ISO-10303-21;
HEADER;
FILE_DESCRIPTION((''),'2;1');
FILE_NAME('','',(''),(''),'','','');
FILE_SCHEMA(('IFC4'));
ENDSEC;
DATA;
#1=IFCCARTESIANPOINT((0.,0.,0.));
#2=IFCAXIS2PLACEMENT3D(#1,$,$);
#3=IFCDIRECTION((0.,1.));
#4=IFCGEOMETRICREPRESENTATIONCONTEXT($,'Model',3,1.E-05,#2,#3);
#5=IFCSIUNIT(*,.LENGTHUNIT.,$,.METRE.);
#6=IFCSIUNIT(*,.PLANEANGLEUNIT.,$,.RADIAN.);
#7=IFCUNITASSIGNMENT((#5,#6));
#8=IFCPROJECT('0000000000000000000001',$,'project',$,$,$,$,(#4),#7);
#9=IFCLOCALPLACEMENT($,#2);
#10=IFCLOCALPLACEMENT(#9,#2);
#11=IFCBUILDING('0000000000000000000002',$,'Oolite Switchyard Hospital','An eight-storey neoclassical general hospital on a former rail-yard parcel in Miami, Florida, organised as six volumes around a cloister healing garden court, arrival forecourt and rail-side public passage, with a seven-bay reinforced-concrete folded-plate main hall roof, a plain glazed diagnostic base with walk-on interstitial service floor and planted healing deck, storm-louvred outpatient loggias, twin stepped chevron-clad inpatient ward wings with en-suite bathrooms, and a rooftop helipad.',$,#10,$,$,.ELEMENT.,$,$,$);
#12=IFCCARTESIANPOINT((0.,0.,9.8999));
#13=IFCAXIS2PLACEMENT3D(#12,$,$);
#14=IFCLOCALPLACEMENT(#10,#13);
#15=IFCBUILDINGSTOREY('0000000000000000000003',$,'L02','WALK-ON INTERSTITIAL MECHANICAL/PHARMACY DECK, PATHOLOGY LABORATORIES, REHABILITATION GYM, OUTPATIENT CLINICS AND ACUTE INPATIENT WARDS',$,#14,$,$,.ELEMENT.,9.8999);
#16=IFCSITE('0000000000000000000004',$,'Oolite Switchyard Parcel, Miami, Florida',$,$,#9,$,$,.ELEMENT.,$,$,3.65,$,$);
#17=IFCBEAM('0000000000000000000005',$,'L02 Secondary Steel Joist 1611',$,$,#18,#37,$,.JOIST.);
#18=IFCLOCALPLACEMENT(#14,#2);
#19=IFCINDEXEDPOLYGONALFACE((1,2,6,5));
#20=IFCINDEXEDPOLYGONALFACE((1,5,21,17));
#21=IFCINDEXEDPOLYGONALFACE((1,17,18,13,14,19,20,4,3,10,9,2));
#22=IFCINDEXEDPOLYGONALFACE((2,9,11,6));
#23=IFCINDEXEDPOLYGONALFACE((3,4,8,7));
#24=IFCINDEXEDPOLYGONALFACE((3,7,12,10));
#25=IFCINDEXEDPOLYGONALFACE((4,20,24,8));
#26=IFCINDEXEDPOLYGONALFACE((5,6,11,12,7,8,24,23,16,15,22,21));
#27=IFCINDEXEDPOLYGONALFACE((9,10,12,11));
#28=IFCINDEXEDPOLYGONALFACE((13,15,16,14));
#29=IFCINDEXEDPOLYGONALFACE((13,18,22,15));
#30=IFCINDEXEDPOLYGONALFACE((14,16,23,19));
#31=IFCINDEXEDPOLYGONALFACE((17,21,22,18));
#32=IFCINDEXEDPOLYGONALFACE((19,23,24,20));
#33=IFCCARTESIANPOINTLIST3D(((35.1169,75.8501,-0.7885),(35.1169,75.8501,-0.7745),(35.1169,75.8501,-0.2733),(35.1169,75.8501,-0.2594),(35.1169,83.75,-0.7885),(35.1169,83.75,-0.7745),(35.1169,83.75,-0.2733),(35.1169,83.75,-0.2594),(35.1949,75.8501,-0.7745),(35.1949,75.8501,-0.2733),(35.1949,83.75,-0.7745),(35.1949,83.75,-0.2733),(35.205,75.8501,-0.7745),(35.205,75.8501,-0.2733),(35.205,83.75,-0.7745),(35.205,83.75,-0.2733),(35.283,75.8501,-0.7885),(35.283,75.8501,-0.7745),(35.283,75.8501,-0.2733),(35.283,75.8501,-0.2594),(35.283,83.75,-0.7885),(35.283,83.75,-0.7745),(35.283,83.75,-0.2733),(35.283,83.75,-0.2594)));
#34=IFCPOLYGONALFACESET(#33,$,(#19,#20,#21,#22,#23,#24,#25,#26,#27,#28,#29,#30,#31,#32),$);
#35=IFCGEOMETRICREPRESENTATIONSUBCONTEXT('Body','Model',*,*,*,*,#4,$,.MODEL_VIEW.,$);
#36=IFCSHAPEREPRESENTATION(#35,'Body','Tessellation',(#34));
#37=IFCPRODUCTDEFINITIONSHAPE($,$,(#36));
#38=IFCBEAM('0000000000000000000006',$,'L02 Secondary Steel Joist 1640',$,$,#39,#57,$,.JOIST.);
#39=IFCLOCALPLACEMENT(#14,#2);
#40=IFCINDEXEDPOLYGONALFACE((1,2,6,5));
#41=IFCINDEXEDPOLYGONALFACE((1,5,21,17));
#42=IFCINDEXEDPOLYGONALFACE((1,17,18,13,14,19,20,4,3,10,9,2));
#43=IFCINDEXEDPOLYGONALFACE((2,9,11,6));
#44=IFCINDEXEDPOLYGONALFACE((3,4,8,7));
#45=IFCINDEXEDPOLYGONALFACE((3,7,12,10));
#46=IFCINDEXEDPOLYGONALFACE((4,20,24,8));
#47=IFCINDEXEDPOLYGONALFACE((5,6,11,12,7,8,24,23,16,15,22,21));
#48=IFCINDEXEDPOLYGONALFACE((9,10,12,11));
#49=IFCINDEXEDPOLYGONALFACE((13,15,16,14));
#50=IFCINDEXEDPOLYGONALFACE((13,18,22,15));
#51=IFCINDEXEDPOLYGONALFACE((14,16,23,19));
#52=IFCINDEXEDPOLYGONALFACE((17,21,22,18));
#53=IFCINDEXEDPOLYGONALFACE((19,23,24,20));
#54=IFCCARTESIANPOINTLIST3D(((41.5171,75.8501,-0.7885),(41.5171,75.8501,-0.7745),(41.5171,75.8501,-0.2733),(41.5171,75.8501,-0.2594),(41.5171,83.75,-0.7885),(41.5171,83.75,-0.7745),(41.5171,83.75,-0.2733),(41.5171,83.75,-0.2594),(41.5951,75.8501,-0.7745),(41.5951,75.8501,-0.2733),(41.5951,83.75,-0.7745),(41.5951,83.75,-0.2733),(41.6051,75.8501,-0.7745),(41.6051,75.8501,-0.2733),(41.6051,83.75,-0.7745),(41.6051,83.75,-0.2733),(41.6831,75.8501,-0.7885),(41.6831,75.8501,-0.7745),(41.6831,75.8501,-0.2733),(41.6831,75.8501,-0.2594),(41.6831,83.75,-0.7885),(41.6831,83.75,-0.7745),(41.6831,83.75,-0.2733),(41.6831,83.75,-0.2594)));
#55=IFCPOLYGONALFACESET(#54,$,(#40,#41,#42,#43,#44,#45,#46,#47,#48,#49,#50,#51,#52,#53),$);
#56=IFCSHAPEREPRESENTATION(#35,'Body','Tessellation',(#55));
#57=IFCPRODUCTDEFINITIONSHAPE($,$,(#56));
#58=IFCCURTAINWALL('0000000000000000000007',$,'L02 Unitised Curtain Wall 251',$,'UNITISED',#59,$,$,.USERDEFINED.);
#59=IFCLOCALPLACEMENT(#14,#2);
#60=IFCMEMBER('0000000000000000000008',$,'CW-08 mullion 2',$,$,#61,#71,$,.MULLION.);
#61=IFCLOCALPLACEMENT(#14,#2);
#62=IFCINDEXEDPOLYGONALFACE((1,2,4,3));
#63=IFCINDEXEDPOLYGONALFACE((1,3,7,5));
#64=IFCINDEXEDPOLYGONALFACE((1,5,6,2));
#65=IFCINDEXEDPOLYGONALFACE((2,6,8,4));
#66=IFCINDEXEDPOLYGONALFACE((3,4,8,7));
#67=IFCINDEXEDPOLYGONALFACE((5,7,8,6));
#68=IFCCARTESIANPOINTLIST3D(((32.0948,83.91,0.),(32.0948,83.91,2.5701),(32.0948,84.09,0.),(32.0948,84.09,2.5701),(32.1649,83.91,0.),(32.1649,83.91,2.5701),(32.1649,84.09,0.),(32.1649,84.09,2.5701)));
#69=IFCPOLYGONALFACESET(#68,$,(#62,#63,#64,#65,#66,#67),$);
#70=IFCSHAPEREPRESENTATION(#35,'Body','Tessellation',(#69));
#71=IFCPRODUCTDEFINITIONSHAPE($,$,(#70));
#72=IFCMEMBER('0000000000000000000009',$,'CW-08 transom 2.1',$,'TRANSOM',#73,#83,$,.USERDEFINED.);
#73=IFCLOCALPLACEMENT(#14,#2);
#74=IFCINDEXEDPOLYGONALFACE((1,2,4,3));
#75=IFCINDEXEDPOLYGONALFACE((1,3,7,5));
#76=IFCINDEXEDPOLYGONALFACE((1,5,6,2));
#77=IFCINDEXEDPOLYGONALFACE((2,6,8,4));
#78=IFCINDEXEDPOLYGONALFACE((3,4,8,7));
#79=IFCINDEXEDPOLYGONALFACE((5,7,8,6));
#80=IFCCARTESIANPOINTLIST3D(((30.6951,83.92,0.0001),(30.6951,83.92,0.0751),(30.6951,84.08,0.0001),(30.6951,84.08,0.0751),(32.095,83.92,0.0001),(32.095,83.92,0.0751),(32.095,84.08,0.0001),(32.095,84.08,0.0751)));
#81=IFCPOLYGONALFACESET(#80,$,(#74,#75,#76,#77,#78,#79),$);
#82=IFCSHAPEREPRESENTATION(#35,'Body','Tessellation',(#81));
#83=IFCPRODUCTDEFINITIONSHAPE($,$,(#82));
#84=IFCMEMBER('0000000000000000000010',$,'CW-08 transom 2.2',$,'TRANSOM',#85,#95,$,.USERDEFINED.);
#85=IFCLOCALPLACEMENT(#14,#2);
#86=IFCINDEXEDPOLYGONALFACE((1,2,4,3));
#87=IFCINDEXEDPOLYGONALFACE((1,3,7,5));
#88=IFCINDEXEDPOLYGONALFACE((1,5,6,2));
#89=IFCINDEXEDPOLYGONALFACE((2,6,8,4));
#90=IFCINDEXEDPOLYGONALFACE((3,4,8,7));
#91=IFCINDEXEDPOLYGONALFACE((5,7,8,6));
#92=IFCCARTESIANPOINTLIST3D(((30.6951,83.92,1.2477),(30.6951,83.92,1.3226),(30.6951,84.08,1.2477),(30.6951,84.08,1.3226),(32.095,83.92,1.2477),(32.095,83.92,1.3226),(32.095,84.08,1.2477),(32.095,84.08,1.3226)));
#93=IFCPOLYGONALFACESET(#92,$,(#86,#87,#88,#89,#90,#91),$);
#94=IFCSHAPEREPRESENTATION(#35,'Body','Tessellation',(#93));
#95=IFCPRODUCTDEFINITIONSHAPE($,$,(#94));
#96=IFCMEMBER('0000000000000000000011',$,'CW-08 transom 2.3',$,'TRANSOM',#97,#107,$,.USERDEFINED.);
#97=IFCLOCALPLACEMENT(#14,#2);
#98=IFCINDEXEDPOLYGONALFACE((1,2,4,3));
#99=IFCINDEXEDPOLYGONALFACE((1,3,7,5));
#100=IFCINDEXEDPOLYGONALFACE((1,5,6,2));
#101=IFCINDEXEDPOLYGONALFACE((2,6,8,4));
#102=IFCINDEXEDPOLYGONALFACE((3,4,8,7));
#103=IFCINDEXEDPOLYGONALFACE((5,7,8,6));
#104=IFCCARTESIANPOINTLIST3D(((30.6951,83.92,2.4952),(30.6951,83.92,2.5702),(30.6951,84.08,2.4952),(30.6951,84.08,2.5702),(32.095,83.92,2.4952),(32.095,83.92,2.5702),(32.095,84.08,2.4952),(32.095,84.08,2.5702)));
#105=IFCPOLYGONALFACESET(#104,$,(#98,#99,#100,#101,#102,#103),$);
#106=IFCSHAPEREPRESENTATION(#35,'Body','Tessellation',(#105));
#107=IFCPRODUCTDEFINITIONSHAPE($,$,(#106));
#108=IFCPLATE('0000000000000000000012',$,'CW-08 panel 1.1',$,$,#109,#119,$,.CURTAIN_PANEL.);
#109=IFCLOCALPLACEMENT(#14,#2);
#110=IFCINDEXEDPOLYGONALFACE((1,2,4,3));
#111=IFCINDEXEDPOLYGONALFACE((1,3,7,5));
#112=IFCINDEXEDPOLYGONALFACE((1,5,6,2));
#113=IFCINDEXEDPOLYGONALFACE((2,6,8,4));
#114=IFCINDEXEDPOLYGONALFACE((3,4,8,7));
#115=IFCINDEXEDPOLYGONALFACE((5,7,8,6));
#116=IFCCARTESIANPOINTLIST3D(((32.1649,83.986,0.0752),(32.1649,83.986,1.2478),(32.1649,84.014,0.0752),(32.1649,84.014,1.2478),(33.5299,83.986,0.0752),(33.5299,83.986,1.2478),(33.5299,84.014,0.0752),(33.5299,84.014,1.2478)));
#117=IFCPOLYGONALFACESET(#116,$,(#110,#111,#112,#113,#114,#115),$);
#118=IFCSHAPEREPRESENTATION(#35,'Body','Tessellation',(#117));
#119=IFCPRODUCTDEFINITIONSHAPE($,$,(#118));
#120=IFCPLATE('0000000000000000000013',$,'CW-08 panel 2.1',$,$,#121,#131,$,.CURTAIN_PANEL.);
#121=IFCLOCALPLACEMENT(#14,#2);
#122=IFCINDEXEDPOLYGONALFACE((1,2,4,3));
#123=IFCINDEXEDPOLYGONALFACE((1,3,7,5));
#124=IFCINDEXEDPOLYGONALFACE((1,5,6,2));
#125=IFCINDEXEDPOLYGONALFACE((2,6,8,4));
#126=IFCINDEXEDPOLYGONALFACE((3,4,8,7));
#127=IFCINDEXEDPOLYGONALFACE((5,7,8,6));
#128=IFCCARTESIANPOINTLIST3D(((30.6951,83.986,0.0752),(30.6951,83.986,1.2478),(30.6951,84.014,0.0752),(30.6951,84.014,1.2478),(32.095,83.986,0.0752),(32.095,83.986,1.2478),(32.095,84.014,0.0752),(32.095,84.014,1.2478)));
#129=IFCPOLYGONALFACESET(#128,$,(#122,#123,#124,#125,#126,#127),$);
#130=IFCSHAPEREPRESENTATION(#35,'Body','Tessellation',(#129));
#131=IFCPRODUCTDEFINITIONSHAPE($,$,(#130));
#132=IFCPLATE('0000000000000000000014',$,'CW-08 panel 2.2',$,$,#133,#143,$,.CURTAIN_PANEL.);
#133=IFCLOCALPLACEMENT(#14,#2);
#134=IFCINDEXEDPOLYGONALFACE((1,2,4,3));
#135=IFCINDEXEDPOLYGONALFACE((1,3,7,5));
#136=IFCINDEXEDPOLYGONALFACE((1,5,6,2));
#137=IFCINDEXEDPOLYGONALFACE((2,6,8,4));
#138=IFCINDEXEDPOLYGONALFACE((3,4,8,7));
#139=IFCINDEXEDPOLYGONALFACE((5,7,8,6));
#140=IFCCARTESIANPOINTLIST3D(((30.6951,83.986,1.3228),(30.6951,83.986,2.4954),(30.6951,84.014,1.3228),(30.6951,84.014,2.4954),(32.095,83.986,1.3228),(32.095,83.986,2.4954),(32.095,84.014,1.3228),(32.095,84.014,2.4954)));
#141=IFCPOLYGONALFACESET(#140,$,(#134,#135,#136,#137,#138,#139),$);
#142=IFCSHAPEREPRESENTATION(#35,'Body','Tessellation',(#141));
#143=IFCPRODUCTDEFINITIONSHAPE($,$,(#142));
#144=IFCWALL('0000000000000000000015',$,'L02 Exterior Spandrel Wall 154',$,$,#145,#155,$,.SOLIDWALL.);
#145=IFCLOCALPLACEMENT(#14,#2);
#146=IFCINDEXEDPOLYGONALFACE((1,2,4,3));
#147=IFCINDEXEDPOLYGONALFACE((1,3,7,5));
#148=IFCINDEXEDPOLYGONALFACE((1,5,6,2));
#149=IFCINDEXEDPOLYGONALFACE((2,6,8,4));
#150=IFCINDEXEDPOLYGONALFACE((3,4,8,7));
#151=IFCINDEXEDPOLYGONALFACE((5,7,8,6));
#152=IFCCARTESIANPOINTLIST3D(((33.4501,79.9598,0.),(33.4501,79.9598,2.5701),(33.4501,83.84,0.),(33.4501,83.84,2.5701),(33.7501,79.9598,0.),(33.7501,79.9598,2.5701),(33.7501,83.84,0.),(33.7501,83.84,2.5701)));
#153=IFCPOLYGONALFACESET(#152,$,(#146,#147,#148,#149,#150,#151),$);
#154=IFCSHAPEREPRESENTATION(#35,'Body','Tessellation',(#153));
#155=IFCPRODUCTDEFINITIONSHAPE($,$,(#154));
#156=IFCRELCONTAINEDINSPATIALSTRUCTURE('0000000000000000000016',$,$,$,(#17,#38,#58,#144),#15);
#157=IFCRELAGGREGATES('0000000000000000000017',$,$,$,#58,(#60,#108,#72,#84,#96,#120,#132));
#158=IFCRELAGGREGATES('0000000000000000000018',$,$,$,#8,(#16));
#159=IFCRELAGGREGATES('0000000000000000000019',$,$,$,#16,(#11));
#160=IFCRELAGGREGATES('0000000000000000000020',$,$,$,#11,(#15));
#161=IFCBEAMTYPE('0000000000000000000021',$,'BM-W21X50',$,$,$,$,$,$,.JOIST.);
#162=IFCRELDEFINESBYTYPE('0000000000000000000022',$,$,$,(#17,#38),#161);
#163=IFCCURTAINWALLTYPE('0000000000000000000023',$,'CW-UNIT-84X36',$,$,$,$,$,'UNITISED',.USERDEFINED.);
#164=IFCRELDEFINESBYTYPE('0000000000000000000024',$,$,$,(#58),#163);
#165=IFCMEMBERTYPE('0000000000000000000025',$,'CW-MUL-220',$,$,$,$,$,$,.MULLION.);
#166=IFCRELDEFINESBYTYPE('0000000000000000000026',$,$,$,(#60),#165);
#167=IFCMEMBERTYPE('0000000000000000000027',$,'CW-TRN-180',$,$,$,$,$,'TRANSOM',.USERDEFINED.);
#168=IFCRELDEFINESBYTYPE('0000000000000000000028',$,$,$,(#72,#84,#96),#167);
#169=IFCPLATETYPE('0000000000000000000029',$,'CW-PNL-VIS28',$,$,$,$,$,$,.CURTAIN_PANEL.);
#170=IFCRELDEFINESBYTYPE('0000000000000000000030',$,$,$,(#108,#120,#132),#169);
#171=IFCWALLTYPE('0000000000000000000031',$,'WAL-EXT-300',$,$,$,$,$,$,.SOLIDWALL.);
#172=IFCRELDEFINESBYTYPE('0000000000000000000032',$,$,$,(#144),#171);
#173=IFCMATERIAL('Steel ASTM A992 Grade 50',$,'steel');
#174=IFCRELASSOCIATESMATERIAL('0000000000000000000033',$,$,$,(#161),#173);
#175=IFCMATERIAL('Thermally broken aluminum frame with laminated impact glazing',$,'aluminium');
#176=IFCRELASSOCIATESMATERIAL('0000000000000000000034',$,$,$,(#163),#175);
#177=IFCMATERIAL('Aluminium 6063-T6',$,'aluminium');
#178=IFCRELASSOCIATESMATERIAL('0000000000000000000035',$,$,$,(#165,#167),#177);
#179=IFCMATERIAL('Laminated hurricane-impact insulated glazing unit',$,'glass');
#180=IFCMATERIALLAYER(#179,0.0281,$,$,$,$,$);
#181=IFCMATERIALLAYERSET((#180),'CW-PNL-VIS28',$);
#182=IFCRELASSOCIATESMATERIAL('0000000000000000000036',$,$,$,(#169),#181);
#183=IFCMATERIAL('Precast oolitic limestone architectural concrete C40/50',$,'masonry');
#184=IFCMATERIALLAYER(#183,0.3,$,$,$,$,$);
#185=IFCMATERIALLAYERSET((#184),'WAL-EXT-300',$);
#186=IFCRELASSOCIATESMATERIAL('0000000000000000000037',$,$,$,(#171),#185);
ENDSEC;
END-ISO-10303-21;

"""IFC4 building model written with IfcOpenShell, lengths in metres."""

from ifc_helpers import new_model, si_unit, direction, frame, frame_2d, origin, origin_2d, place, context, subcontext, project, spatial, rectangle, i_section, extrude, material, layer, layer_set, material_profile, profile_set, type_object, element, aggregate, save


model = new_model("IFC4")

# Units and contexts
model_context = context("Model", 3, precision=1e-05, world=origin(), true_north=direction((0.0, 1.0)))
body_context = subcontext(model_context, "Body", "Model", "MODEL_VIEW")
ifc_project = project(units=[si_unit("LENGTHUNIT", "METRE"), si_unit("PLANEANGLEUNIT", "RADIAN")], contexts=[model_context])

# Site, building, storey
site_placement = place(None, origin())
site = spatial("IfcSite", under=ifc_project, at=site_placement, Name="Oolite Switchyard Parcel, Miami, Florida", CompositionType="ELEMENT", RefElevation=3.65)
building_placement = place(site_placement, origin())
building = spatial("IfcBuilding", under=site, at=building_placement, Name="Oolite Switchyard Hospital", Description="An eight-storey neoclassical general hospital on a former rail-yard parcel in Miami, Florida, organised as six volumes around a cloister healing garden court, arrival forecourt and rail-side public passage, with a seven-bay reinforced-concrete folded-plate main hall roof, a plain glazed diagnostic base with walk-on interstitial service floor and planted healing deck, storm-louvred outpatient loggias, twin stepped chevron-clad inpatient ward wings with en-suite bathrooms, and a rooftop helipad.", CompositionType="ELEMENT")
storey_placement = place(building_placement, frame((0.0, 0.0, 9.8999)))
storey = spatial("IfcBuildingStorey", under=building, at=storey_placement, Name="L02", Description="WALK-ON INTERSTITIAL MECHANICAL/PHARMACY DECK, PATHOLOGY LABORATORIES, REHABILITATION GYM, OUTPATIENT CLINICS AND ACUTE INPATIENT WARDS", CompositionType="ELEMENT", Elevation=9.8999)

# Beams
ifc_material_1 = material(Name="Steel ASTM A992 Grade 50", Category="steel")
ifc_material_profile_1 = material_profile(ifc_material_1, i_section(OverallWidth=0.166, OverallDepth=0.5291, WebThickness=0.01, FlangeThickness=0.0139, at=origin_2d()), Name="W21X50")
ifc_profile_set_1 = profile_set([ifc_material_profile_1], Name="Steel ASTM A992 Grade 50")
beam_type_1 = type_object("IfcBeamType", Name="BM-W21X50", PredefinedType="JOIST", material=ifc_profile_set_1)
for number, where, z_axis, x_axis, name in (
    (1, (35.2, 75.8501, -0.5239), (0.0, 1.0, 0.0), (-1.0, 0.0, 0.0), "L02 Secondary Steel Joist 1611"),
    (2, (41.6001, 75.8501, -0.5239), (0.0, 1.0, 0.0), (-1.0, 0.0, 0.0), "L02 Secondary Steel Joist 1640"),
):
    element("IfcBeam", number, at=place(storey_placement, frame(where, z_axis=z_axis, x_axis=x_axis)), inside=storey, type_object=beam_type_1, Name=name, PredefinedType="JOIST", context=body_context, shape_type="SweptSolid", body=[
        extrude(i_section(OverallWidth=0.166, OverallDepth=0.5291, WebThickness=0.01, FlangeThickness=0.0139, at=origin_2d()), origin(), (0.0, 0.0, 1.0), 7.8999),
    ])

# Curtain wall, members, plates
ifc_material_2 = material(Name="Thermally broken aluminum frame with laminated impact glazing", Category="aluminium")
curtain_wall_type = type_object("IfcCurtainWallType", Name="CW-UNIT-84X36", ElementType="UNITISED", PredefinedType="USERDEFINED", material=ifc_material_2)
curtain_wall_placement = place(storey_placement, origin())
curtain_wall = element("IfcCurtainWall", 3, at=curtain_wall_placement, inside=storey, type_object=curtain_wall_type, Name="L02 Unitised Curtain Wall 251", ObjectType="UNITISED", PredefinedType="USERDEFINED")
ifc_material_3 = material(Name="Aluminium 6063-T6", Category="aluminium")
ifc_material_profile_2 = material_profile(ifc_material_3, rectangle(XDim=0.1799, YDim=0.0701, at=origin_2d()), Name="CWM70X180")
ifc_profile_set_2 = profile_set([ifc_material_profile_2], Name="Aluminium 6063-T6")
member_type_1 = type_object("IfcMemberType", Name="CW-MUL-220", PredefinedType="MULLION", material=ifc_profile_set_2)
member_1_placement = place(storey_placement, frame((32.1299, 84.0, 0.0), z_axis=(0.0, 0.0, 1.0), x_axis=(0.0, -1.0, 0.0)))
member_1 = element("IfcMember", 4, at=member_1_placement, type_object=member_type_1, Name="CW-08 mullion 2", PredefinedType="MULLION", context=body_context, shape_type="SweptSolid", body=[
    extrude(rectangle(XDim=0.1799, YDim=0.0701, at=origin_2d()), origin(), (0.0, 0.0, 1.0), 2.5701),
])
ifc_material_profile_3 = material_profile(ifc_material_3, rectangle(XDim=0.1599, YDim=0.075, at=origin_2d()), Name="CWT75X160")
ifc_profile_set_3 = profile_set([ifc_material_profile_3], Name="Aluminium 6063-T6")
member_type_2 = type_object("IfcMemberType", Name="CW-TRN-180", ElementType="TRANSOM", PredefinedType="USERDEFINED", material=ifc_profile_set_3)
member_2_placement = place(storey_placement, frame((32.095, 84.0, 0.0376), z_axis=(-1.0, 0.0, 0.0), x_axis=(0.0, -1.0, 0.0)))
member_2 = element("IfcMember", 5, at=member_2_placement, type_object=member_type_2, Name="CW-08 transom 2.1", ObjectType="TRANSOM", PredefinedType="USERDEFINED", context=body_context, shape_type="SweptSolid", body=[
    extrude(rectangle(XDim=0.1599, YDim=0.075, at=origin_2d()), origin(), (0.0, 0.0, 1.0), 1.3999),
])
member_3_placement = place(storey_placement, frame((32.095, 84.0, 1.2852), z_axis=(-1.0, 0.0, 0.0), x_axis=(0.0, -1.0, 0.0)))
member_3 = element("IfcMember", 6, at=member_3_placement, type_object=member_type_2, Name="CW-08 transom 2.2", ObjectType="TRANSOM", PredefinedType="USERDEFINED", context=body_context, shape_type="SweptSolid", body=[
    extrude(rectangle(XDim=0.1599, YDim=0.075, at=origin_2d()), origin(), (0.0, 0.0, 1.0), 1.3999),
])
member_4_placement = place(storey_placement, frame((32.095, 84.0, 2.5327), z_axis=(-1.0, 0.0, 0.0), x_axis=(0.0, -1.0, 0.0)))
member_4 = element("IfcMember", 7, at=member_4_placement, type_object=member_type_2, Name="CW-08 transom 2.3", ObjectType="TRANSOM", PredefinedType="USERDEFINED", context=body_context, shape_type="SweptSolid", body=[
    extrude(rectangle(XDim=0.1599, YDim=0.075, at=origin_2d()), origin(), (0.0, 0.0, 1.0), 1.3999),
])
ifc_material_4 = material(Name="Laminated hurricane-impact insulated glazing unit", Category="glass")
ifc_layer_1 = layer(ifc_material_4, 0.0281)
ifc_layer_set_1 = layer_set([ifc_layer_1], Name="CW-PNL-VIS28")
plate_type = type_object("IfcPlateType", Name="CW-PNL-VIS28", PredefinedType="CURTAIN_PANEL", material=ifc_layer_set_1)
plate_1_placement = place(storey_placement, frame((32.8474, 84.0, 0.0752), z_axis=(0.0, 0.0, 1.0), x_axis=(-1.0, 0.0, 0.0)))
plate_1 = element("IfcPlate", 8, at=plate_1_placement, type_object=plate_type, Name="CW-08 panel 1.1", PredefinedType="CURTAIN_PANEL", context=body_context, shape_type="SweptSolid", body=[
    extrude(rectangle(XDim=1.365, YDim=0.0281, at=origin_2d()), origin(), (0.0, 0.0, 1.0), 1.1726),
])
plate_2_placement = place(storey_placement, frame((31.395, 84.0, 0.0752), z_axis=(0.0, 0.0, 1.0), x_axis=(-1.0, 0.0, 0.0)))
plate_2 = element("IfcPlate", 9, at=plate_2_placement, type_object=plate_type, Name="CW-08 panel 2.1", PredefinedType="CURTAIN_PANEL", context=body_context, shape_type="SweptSolid", body=[
    extrude(rectangle(XDim=1.3999, YDim=0.0281, at=origin_2d()), origin(), (0.0, 0.0, 1.0), 1.1726),
])
plate_3_placement = place(storey_placement, frame((31.395, 84.0, 1.3228), z_axis=(0.0, 0.0, 1.0), x_axis=(-1.0, 0.0, 0.0)))
plate_3 = element("IfcPlate", 10, at=plate_3_placement, type_object=plate_type, Name="CW-08 panel 2.2", PredefinedType="CURTAIN_PANEL", context=body_context, shape_type="SweptSolid", body=[
    extrude(rectangle(XDim=1.3999, YDim=0.0281, at=origin_2d()), origin(), (0.0, 0.0, 1.0), 1.1726),
])
aggregate(curtain_wall, [member_1, plate_1, member_2, member_3, member_4, plate_2, plate_3])

# Wall
ifc_material_5 = material(Name="Precast oolitic limestone architectural concrete C40/50", Category="masonry")
ifc_layer_2 = layer(ifc_material_5, 0.3)
ifc_layer_set_2 = layer_set([ifc_layer_2], Name="WAL-EXT-300")
wall_type_1 = type_object("IfcWallType", Name="WAL-EXT-300", PredefinedType="SOLIDWALL", material=ifc_layer_set_2)
wall_1_placement = place(storey_placement, frame((33.6001, 79.96, 0.0), z_axis=(0.0, 0.0, 1.0), x_axis=(0.0, 1.0, 0.0)))
element("IfcWall", 11, at=wall_1_placement, inside=storey, type_object=wall_type_1, Name="L02 Exterior Spandrel Wall 154", PredefinedType="SOLIDWALL", context=body_context, shape_type="SweptSolid", body=[
    extrude(rectangle(XDim=3.8801, YDim=0.3, at=frame_2d((1.9399, 0.0))), origin(), (0.0, 0.0, 1.0), 2.5701),
])

save(model, "model.ifc")
